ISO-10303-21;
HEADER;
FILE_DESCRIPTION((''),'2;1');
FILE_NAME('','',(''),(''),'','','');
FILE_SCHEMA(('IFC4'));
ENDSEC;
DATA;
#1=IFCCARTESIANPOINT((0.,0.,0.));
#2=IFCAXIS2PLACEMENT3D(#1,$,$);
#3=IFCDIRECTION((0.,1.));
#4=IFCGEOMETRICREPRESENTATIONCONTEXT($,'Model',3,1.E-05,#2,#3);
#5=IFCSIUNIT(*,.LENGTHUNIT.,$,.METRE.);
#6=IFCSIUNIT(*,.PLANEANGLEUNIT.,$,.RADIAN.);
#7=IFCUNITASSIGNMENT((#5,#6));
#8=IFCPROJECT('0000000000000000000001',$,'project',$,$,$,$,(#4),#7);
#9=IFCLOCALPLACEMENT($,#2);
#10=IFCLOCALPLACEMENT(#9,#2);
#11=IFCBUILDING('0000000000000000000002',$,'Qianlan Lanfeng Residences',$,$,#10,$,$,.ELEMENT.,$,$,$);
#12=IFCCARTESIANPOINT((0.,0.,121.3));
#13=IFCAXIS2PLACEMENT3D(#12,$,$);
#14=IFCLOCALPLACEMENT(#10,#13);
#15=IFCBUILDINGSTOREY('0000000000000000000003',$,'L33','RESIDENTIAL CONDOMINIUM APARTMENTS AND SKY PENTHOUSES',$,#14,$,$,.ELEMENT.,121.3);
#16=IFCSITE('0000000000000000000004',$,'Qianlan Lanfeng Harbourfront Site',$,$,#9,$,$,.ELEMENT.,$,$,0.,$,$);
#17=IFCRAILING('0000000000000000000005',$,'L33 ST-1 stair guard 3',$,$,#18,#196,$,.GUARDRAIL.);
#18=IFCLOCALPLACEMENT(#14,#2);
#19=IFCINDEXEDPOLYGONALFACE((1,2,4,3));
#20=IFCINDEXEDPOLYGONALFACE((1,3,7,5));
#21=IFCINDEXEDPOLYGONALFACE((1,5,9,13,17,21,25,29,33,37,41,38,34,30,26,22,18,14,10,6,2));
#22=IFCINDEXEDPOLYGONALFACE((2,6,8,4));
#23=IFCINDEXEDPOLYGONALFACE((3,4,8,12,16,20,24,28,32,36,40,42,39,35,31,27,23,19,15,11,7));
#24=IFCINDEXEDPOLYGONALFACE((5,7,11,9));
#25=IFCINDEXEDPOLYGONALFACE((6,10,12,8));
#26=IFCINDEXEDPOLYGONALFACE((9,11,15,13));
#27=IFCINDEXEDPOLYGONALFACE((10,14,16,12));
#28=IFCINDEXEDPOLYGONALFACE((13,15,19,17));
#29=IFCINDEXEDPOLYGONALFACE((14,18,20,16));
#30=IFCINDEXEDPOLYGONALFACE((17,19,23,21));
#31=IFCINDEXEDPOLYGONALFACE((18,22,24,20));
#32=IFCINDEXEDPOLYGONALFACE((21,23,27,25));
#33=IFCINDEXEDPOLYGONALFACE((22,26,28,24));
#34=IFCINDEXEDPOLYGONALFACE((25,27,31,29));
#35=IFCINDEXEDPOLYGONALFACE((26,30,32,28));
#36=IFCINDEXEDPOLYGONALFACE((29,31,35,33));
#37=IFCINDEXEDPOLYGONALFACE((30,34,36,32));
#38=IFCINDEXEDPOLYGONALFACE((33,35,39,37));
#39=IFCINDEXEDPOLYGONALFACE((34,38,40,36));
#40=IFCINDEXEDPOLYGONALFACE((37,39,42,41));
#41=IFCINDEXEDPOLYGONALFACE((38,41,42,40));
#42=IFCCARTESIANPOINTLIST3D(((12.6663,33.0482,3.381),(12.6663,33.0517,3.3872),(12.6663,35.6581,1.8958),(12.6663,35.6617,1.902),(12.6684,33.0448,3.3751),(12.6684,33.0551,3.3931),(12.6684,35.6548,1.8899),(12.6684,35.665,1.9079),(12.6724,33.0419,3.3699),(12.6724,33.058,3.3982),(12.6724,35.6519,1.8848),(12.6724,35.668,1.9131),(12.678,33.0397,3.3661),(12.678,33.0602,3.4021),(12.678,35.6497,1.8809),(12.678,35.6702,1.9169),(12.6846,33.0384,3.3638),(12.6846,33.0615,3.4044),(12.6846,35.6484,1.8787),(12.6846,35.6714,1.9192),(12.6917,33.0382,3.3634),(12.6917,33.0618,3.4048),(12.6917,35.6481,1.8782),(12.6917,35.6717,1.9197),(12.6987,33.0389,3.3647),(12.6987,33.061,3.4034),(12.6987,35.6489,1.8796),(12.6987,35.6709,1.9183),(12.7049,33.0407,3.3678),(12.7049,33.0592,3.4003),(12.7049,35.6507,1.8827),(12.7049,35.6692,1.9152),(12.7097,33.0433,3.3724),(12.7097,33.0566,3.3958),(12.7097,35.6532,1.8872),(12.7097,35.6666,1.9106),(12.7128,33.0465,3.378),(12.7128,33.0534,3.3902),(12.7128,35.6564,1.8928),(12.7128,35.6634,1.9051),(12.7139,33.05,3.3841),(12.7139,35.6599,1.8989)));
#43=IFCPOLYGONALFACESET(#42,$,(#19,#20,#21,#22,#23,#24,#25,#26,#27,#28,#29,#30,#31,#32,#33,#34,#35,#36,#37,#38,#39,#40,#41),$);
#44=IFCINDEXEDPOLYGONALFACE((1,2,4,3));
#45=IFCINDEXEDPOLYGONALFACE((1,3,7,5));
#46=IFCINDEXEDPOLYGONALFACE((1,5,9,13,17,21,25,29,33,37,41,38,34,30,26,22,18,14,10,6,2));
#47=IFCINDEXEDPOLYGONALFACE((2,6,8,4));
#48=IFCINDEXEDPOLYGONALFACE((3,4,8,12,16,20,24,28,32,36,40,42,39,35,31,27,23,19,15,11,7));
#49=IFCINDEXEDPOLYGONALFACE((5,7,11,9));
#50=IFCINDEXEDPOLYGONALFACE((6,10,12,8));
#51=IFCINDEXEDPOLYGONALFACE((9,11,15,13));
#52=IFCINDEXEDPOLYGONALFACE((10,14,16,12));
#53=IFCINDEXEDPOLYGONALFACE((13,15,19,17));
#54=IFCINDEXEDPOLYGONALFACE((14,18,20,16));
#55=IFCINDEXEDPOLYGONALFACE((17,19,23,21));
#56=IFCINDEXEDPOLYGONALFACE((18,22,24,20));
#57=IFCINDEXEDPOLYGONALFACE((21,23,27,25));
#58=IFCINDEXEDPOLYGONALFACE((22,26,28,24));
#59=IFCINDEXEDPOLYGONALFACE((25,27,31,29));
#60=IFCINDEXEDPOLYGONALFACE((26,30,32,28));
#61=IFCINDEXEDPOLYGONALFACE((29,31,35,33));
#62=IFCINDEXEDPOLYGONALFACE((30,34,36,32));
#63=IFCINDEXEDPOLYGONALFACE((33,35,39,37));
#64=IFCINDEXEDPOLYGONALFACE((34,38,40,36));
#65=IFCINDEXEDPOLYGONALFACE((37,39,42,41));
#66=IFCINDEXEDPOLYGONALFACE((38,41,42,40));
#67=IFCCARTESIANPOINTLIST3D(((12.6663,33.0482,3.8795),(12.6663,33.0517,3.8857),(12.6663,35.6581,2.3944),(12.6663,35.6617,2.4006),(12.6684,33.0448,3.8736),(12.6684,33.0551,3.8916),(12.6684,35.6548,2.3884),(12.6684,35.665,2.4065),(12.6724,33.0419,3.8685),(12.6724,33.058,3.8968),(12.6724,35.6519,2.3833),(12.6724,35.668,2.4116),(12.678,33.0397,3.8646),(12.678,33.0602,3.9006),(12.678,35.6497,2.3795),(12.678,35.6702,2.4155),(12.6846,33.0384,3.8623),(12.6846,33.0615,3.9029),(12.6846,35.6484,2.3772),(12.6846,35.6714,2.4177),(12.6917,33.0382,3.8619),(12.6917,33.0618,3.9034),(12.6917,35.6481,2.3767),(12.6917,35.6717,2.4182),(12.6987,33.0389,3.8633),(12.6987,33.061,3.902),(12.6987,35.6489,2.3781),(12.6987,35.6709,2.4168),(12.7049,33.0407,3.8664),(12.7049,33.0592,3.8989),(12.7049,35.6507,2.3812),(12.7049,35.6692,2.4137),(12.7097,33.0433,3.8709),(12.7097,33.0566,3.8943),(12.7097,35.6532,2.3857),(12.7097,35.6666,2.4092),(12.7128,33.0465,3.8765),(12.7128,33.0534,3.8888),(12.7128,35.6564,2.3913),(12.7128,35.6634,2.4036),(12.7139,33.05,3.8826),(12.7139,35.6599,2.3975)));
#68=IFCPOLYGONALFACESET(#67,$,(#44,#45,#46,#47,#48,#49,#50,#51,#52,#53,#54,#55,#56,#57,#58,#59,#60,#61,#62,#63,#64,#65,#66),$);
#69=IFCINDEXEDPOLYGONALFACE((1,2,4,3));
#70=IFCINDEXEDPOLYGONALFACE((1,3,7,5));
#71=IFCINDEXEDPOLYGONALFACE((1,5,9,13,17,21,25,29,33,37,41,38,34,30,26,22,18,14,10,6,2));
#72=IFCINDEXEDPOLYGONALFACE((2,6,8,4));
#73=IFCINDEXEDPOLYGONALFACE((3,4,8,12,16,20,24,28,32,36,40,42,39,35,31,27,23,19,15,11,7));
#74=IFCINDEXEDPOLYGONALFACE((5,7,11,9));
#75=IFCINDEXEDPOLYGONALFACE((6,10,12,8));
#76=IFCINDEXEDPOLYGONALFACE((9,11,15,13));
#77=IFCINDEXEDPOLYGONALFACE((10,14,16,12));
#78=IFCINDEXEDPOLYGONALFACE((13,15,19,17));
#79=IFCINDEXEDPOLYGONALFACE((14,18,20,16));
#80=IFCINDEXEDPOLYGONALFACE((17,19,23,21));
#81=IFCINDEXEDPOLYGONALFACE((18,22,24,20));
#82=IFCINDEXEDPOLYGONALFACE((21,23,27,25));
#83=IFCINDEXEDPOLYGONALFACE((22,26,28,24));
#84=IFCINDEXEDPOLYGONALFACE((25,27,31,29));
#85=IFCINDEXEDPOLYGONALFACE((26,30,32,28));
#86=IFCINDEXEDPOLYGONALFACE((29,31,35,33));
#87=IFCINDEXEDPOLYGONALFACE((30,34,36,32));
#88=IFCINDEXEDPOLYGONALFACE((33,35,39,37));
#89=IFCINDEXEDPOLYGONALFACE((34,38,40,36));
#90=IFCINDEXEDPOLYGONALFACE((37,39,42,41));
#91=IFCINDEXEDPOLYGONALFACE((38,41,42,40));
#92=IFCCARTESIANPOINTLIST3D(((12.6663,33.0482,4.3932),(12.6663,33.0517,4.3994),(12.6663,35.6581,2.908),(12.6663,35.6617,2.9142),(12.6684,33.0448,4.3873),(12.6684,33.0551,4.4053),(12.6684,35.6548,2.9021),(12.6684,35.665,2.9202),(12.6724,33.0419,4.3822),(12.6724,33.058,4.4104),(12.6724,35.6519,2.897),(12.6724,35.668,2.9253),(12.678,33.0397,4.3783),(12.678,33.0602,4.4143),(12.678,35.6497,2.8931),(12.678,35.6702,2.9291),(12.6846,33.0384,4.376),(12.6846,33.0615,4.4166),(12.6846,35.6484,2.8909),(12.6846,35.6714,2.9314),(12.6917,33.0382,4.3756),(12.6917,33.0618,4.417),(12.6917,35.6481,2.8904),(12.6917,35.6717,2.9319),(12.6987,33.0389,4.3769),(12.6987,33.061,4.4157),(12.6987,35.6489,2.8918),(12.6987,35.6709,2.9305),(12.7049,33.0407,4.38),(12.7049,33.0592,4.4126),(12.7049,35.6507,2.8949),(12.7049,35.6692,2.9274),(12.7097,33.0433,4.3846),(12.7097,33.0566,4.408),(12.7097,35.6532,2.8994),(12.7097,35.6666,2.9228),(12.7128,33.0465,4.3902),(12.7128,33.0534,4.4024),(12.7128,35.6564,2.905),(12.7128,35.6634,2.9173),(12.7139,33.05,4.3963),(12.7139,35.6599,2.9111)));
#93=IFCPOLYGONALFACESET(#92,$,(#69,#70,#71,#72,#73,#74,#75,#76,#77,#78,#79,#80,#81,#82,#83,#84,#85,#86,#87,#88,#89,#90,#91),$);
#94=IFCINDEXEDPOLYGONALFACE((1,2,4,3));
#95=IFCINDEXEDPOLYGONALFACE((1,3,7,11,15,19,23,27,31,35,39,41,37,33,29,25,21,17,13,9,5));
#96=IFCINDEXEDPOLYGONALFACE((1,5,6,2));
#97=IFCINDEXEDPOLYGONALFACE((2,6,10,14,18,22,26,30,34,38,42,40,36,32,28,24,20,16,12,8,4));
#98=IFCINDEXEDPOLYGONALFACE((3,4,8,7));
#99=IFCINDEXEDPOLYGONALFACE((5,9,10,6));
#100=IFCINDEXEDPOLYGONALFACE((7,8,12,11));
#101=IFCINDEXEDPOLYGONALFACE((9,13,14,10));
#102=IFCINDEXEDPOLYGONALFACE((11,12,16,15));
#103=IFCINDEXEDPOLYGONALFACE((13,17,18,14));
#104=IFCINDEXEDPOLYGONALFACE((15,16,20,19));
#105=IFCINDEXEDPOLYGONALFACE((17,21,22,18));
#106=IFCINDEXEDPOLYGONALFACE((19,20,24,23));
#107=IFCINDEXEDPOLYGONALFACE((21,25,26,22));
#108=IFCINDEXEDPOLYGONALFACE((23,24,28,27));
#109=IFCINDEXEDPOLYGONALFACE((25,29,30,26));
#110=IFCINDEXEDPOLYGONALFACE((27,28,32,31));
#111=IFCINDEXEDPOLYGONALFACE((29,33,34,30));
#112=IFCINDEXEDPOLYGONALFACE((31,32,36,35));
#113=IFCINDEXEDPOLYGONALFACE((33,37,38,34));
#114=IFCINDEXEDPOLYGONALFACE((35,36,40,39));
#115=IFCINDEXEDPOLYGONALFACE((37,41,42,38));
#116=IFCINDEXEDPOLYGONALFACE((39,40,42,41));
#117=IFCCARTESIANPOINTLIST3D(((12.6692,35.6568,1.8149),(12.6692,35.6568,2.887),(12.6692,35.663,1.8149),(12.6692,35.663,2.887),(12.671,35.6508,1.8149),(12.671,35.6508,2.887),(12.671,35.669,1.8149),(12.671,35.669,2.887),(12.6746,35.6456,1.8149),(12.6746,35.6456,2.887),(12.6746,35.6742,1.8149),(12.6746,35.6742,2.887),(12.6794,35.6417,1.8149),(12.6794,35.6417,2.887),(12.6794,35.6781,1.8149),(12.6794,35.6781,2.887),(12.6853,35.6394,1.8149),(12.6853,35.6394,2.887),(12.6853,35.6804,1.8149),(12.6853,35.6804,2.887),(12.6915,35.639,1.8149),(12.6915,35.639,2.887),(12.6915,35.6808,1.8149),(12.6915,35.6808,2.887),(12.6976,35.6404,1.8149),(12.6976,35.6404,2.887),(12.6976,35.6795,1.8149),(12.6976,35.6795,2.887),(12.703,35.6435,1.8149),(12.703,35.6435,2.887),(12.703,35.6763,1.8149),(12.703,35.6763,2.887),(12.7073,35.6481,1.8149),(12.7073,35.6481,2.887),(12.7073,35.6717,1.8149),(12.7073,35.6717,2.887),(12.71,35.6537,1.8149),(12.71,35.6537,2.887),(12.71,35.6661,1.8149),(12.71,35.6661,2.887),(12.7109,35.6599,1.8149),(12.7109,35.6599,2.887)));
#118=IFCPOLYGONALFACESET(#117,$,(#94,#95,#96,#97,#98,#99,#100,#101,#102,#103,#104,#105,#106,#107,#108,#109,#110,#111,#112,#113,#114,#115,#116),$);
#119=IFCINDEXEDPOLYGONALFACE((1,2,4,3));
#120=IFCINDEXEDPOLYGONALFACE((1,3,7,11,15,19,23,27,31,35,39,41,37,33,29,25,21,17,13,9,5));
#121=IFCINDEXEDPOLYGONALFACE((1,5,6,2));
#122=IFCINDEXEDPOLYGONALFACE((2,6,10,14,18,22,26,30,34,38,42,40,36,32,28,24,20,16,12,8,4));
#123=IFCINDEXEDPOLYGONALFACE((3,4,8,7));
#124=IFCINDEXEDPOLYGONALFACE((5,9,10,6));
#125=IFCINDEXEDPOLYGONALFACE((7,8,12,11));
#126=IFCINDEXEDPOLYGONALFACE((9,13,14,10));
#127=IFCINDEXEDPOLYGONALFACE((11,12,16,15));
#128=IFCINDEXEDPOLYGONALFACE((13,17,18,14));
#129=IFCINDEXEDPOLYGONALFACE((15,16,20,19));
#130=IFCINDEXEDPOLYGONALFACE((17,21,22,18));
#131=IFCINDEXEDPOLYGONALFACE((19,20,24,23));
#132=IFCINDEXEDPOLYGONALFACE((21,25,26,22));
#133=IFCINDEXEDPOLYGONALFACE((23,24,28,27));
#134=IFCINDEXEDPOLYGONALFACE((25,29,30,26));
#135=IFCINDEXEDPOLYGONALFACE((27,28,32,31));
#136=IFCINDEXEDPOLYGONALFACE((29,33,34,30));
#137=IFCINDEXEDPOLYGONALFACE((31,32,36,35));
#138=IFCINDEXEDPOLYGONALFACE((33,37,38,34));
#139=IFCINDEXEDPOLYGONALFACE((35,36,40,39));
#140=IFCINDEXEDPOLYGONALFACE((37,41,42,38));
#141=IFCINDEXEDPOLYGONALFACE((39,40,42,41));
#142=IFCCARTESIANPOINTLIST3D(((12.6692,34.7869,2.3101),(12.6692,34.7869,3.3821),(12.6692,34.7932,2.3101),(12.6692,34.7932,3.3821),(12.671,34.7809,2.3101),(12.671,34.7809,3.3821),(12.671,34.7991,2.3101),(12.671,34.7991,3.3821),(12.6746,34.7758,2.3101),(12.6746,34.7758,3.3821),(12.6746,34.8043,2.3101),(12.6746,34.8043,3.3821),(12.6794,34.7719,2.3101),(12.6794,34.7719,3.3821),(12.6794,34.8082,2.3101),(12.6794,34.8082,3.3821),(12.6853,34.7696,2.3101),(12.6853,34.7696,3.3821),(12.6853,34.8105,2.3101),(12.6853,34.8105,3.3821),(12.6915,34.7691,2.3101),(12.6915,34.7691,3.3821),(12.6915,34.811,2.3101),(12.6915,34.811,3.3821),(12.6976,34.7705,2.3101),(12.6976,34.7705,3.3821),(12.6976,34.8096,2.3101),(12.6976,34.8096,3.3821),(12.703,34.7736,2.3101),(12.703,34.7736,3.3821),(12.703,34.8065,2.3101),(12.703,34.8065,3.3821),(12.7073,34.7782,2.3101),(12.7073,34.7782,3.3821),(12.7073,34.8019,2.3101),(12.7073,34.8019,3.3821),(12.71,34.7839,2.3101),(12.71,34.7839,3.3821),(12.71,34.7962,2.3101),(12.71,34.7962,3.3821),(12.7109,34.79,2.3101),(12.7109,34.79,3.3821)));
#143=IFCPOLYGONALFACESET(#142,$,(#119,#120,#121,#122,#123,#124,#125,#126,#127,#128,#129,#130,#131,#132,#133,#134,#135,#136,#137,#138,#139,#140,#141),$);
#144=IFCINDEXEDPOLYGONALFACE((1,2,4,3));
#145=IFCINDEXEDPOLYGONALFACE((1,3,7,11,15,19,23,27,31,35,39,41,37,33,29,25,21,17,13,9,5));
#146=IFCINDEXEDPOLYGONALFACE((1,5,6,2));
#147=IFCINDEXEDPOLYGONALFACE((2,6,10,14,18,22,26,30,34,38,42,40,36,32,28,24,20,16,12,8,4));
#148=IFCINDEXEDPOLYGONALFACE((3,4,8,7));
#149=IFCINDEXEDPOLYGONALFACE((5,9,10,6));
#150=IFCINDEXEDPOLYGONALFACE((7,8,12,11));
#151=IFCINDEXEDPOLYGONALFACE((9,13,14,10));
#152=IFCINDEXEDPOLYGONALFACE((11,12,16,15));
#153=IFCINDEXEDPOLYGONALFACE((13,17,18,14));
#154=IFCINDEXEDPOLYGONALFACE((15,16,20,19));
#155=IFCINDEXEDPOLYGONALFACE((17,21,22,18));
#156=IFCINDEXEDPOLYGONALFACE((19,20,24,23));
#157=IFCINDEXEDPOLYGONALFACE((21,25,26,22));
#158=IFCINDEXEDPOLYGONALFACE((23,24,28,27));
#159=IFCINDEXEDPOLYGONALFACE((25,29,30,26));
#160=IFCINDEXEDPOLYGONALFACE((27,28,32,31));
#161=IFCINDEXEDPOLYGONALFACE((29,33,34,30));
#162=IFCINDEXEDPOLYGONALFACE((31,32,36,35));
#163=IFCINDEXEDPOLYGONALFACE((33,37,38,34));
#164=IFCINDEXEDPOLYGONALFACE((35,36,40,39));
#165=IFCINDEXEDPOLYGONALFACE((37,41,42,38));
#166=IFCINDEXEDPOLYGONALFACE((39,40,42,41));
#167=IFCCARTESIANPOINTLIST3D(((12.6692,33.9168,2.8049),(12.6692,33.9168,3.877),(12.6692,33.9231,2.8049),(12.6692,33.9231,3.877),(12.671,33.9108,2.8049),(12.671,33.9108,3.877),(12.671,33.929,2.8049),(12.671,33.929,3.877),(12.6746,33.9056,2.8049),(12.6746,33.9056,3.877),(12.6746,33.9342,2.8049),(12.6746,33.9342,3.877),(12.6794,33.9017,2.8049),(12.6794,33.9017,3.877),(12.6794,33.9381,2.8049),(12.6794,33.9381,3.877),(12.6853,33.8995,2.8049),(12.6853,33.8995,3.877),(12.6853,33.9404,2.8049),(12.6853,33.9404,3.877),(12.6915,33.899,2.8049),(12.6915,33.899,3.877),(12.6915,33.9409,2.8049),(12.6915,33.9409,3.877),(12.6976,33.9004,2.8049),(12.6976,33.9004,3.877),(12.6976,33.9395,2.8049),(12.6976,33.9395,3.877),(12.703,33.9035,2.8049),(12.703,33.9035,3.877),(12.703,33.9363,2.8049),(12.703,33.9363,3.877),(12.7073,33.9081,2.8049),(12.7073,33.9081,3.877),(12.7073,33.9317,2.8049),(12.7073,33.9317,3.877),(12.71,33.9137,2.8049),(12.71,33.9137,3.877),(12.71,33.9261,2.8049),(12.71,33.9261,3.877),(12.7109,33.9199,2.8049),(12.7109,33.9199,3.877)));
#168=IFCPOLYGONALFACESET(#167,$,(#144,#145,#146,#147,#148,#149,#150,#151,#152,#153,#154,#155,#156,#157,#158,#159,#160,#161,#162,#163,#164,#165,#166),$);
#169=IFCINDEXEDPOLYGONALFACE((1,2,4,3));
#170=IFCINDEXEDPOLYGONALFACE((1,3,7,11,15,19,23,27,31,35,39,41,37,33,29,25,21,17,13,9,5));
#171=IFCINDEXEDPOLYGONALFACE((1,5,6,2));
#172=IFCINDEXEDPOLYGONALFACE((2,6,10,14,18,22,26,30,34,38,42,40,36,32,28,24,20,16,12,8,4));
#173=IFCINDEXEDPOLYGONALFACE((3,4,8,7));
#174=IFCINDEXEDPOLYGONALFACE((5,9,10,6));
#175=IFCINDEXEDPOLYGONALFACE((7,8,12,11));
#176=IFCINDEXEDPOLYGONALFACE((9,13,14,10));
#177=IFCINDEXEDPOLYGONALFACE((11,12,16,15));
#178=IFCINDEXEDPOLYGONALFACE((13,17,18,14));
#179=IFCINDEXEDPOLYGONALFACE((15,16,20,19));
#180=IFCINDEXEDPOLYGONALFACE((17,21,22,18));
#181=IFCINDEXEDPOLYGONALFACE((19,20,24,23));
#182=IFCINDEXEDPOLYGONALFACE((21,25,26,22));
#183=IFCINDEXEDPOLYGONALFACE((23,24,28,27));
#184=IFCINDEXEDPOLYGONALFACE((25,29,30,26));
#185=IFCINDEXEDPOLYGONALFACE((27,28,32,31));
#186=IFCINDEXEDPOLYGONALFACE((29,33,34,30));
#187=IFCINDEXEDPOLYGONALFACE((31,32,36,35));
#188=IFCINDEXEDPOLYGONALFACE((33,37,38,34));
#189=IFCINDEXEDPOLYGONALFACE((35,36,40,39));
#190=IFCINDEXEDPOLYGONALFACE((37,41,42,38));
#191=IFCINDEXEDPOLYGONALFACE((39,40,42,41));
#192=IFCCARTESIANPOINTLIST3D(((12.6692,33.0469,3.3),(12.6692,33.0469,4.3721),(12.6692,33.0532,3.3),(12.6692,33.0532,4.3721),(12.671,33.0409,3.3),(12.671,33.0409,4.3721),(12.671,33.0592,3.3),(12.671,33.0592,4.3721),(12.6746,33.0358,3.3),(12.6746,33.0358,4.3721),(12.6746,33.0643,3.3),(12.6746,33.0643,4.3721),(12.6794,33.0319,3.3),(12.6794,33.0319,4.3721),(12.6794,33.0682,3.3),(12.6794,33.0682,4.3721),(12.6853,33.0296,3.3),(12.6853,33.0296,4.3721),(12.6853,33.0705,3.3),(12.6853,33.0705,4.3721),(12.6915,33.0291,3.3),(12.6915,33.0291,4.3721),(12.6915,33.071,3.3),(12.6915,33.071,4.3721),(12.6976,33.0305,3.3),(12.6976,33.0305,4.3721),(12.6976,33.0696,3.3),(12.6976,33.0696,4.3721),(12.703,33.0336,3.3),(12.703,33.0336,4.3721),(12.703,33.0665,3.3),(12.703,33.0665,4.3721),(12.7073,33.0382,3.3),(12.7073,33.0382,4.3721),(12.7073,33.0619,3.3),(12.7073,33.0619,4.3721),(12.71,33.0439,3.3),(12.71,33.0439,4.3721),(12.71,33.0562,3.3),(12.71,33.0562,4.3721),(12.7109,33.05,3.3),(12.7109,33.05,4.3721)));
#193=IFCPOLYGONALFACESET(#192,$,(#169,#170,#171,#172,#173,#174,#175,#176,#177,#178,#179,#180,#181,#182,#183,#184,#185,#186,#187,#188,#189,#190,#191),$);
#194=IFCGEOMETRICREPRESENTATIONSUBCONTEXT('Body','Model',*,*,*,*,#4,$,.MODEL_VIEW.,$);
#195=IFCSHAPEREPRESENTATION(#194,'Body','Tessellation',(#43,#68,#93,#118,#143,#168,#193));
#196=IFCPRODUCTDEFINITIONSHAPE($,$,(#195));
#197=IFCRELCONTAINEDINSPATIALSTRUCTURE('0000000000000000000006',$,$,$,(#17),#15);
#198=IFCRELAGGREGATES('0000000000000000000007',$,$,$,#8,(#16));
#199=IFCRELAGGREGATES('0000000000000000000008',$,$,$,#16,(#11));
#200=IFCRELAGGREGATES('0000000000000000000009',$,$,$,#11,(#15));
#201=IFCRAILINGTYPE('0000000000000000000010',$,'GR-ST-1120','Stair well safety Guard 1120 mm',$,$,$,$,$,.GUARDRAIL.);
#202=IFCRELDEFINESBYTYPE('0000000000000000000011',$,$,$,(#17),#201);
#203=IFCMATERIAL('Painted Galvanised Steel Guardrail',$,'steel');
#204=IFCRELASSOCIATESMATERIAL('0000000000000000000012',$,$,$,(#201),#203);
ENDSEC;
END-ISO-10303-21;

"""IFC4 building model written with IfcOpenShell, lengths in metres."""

from ifc_helpers import new_model, si_unit, direction, frame, origin, origin_2d, place, context, subcontext, project, spatial, circle, extrude, material, type_object, element, save


model = new_model("IFC4")

# Units and contexts
model_context = context("Model", 3, precision=1e-05, world=origin(), true_north=direction((0.0, 1.0)))
body_context = subcontext(model_context, "Body", "Model", "MODEL_VIEW")
ifc_project = project(units=[si_unit("LENGTHUNIT", "METRE"), si_unit("PLANEANGLEUNIT", "RADIAN")], contexts=[model_context])

# Site, building, storey
site_placement = place(None, origin())
site = spatial("IfcSite", under=ifc_project, at=site_placement, Name="Qianlan Lanfeng Harbourfront Site", CompositionType="ELEMENT", RefElevation=0.0)
building_placement = place(site_placement, origin())
building = spatial("IfcBuilding", under=site, at=building_placement, Name="Qianlan Lanfeng Residences", CompositionType="ELEMENT")
storey_placement = place(building_placement, frame((0.0, 0.0, 121.3)))
storey = spatial("IfcBuildingStorey", under=building, at=storey_placement, Name="L33", Description="RESIDENTIAL CONDOMINIUM APARTMENTS AND SKY PENTHOUSES", CompositionType="ELEMENT", Elevation=121.3)

# Railing
ifc_material_1 = material(Name="Painted Galvanised Steel Guardrail", Category="steel")
railing_type_1 = type_object("IfcRailingType", Name="GR-ST-1120", Description="Stair well safety Guard 1120 mm", PredefinedType="GUARDRAIL", material=ifc_material_1)
railing_1_placement = place(storey_placement, frame((12.6899, 35.6599, 1.8149)))
element("IfcRailing", 1, at=railing_1_placement, inside=storey, type_object=railing_type_1, Name="L33 ST-1 stair guard 3", PredefinedType="GUARDRAIL", context=body_context, shape_type="SweptSolid", body=[
    extrude(circle(Radius=0.0239, at=origin_2d()), frame((0.0, 0.0, 0.084), z_axis=(0.0, -0.869137, 0.494571), x_axis=(1.0, 0.0, 0.0)), (0.0, 0.0, 1.0), 3.0029),
    extrude(circle(Radius=0.0239, at=origin_2d()), frame((0.0, 0.0, 0.5825), z_axis=(0.0, -0.869137, 0.494571), x_axis=(1.0, 0.0, 0.0)), (0.0, 0.0, 1.0), 3.0029),
    extrude(circle(Radius=0.0239, at=origin_2d()), frame((0.0, 0.0, 1.0962), z_axis=(0.0, -0.869137, 0.494571), x_axis=(1.0, 0.0, 0.0)), (0.0, 0.0, 1.0), 3.0029),
    extrude(circle(Radius=0.021, at=origin_2d()), origin(), (0.0, 0.0, 1.0), 1.072),
    extrude(circle(Radius=0.021, at=origin_2d()), frame((0.0, -0.8699, 0.4951)), (0.0, 0.0, 1.0), 1.072),
    extrude(circle(Radius=0.021, at=origin_2d()), frame((0.0, -1.74, 0.99)), (0.0, 0.0, 1.0), 1.072),
    extrude(circle(Radius=0.021, at=origin_2d()), frame((0.0, -2.6099, 1.4851)), (0.0, 0.0, 1.0), 1.072),
])

save(model, "model.ifc")
